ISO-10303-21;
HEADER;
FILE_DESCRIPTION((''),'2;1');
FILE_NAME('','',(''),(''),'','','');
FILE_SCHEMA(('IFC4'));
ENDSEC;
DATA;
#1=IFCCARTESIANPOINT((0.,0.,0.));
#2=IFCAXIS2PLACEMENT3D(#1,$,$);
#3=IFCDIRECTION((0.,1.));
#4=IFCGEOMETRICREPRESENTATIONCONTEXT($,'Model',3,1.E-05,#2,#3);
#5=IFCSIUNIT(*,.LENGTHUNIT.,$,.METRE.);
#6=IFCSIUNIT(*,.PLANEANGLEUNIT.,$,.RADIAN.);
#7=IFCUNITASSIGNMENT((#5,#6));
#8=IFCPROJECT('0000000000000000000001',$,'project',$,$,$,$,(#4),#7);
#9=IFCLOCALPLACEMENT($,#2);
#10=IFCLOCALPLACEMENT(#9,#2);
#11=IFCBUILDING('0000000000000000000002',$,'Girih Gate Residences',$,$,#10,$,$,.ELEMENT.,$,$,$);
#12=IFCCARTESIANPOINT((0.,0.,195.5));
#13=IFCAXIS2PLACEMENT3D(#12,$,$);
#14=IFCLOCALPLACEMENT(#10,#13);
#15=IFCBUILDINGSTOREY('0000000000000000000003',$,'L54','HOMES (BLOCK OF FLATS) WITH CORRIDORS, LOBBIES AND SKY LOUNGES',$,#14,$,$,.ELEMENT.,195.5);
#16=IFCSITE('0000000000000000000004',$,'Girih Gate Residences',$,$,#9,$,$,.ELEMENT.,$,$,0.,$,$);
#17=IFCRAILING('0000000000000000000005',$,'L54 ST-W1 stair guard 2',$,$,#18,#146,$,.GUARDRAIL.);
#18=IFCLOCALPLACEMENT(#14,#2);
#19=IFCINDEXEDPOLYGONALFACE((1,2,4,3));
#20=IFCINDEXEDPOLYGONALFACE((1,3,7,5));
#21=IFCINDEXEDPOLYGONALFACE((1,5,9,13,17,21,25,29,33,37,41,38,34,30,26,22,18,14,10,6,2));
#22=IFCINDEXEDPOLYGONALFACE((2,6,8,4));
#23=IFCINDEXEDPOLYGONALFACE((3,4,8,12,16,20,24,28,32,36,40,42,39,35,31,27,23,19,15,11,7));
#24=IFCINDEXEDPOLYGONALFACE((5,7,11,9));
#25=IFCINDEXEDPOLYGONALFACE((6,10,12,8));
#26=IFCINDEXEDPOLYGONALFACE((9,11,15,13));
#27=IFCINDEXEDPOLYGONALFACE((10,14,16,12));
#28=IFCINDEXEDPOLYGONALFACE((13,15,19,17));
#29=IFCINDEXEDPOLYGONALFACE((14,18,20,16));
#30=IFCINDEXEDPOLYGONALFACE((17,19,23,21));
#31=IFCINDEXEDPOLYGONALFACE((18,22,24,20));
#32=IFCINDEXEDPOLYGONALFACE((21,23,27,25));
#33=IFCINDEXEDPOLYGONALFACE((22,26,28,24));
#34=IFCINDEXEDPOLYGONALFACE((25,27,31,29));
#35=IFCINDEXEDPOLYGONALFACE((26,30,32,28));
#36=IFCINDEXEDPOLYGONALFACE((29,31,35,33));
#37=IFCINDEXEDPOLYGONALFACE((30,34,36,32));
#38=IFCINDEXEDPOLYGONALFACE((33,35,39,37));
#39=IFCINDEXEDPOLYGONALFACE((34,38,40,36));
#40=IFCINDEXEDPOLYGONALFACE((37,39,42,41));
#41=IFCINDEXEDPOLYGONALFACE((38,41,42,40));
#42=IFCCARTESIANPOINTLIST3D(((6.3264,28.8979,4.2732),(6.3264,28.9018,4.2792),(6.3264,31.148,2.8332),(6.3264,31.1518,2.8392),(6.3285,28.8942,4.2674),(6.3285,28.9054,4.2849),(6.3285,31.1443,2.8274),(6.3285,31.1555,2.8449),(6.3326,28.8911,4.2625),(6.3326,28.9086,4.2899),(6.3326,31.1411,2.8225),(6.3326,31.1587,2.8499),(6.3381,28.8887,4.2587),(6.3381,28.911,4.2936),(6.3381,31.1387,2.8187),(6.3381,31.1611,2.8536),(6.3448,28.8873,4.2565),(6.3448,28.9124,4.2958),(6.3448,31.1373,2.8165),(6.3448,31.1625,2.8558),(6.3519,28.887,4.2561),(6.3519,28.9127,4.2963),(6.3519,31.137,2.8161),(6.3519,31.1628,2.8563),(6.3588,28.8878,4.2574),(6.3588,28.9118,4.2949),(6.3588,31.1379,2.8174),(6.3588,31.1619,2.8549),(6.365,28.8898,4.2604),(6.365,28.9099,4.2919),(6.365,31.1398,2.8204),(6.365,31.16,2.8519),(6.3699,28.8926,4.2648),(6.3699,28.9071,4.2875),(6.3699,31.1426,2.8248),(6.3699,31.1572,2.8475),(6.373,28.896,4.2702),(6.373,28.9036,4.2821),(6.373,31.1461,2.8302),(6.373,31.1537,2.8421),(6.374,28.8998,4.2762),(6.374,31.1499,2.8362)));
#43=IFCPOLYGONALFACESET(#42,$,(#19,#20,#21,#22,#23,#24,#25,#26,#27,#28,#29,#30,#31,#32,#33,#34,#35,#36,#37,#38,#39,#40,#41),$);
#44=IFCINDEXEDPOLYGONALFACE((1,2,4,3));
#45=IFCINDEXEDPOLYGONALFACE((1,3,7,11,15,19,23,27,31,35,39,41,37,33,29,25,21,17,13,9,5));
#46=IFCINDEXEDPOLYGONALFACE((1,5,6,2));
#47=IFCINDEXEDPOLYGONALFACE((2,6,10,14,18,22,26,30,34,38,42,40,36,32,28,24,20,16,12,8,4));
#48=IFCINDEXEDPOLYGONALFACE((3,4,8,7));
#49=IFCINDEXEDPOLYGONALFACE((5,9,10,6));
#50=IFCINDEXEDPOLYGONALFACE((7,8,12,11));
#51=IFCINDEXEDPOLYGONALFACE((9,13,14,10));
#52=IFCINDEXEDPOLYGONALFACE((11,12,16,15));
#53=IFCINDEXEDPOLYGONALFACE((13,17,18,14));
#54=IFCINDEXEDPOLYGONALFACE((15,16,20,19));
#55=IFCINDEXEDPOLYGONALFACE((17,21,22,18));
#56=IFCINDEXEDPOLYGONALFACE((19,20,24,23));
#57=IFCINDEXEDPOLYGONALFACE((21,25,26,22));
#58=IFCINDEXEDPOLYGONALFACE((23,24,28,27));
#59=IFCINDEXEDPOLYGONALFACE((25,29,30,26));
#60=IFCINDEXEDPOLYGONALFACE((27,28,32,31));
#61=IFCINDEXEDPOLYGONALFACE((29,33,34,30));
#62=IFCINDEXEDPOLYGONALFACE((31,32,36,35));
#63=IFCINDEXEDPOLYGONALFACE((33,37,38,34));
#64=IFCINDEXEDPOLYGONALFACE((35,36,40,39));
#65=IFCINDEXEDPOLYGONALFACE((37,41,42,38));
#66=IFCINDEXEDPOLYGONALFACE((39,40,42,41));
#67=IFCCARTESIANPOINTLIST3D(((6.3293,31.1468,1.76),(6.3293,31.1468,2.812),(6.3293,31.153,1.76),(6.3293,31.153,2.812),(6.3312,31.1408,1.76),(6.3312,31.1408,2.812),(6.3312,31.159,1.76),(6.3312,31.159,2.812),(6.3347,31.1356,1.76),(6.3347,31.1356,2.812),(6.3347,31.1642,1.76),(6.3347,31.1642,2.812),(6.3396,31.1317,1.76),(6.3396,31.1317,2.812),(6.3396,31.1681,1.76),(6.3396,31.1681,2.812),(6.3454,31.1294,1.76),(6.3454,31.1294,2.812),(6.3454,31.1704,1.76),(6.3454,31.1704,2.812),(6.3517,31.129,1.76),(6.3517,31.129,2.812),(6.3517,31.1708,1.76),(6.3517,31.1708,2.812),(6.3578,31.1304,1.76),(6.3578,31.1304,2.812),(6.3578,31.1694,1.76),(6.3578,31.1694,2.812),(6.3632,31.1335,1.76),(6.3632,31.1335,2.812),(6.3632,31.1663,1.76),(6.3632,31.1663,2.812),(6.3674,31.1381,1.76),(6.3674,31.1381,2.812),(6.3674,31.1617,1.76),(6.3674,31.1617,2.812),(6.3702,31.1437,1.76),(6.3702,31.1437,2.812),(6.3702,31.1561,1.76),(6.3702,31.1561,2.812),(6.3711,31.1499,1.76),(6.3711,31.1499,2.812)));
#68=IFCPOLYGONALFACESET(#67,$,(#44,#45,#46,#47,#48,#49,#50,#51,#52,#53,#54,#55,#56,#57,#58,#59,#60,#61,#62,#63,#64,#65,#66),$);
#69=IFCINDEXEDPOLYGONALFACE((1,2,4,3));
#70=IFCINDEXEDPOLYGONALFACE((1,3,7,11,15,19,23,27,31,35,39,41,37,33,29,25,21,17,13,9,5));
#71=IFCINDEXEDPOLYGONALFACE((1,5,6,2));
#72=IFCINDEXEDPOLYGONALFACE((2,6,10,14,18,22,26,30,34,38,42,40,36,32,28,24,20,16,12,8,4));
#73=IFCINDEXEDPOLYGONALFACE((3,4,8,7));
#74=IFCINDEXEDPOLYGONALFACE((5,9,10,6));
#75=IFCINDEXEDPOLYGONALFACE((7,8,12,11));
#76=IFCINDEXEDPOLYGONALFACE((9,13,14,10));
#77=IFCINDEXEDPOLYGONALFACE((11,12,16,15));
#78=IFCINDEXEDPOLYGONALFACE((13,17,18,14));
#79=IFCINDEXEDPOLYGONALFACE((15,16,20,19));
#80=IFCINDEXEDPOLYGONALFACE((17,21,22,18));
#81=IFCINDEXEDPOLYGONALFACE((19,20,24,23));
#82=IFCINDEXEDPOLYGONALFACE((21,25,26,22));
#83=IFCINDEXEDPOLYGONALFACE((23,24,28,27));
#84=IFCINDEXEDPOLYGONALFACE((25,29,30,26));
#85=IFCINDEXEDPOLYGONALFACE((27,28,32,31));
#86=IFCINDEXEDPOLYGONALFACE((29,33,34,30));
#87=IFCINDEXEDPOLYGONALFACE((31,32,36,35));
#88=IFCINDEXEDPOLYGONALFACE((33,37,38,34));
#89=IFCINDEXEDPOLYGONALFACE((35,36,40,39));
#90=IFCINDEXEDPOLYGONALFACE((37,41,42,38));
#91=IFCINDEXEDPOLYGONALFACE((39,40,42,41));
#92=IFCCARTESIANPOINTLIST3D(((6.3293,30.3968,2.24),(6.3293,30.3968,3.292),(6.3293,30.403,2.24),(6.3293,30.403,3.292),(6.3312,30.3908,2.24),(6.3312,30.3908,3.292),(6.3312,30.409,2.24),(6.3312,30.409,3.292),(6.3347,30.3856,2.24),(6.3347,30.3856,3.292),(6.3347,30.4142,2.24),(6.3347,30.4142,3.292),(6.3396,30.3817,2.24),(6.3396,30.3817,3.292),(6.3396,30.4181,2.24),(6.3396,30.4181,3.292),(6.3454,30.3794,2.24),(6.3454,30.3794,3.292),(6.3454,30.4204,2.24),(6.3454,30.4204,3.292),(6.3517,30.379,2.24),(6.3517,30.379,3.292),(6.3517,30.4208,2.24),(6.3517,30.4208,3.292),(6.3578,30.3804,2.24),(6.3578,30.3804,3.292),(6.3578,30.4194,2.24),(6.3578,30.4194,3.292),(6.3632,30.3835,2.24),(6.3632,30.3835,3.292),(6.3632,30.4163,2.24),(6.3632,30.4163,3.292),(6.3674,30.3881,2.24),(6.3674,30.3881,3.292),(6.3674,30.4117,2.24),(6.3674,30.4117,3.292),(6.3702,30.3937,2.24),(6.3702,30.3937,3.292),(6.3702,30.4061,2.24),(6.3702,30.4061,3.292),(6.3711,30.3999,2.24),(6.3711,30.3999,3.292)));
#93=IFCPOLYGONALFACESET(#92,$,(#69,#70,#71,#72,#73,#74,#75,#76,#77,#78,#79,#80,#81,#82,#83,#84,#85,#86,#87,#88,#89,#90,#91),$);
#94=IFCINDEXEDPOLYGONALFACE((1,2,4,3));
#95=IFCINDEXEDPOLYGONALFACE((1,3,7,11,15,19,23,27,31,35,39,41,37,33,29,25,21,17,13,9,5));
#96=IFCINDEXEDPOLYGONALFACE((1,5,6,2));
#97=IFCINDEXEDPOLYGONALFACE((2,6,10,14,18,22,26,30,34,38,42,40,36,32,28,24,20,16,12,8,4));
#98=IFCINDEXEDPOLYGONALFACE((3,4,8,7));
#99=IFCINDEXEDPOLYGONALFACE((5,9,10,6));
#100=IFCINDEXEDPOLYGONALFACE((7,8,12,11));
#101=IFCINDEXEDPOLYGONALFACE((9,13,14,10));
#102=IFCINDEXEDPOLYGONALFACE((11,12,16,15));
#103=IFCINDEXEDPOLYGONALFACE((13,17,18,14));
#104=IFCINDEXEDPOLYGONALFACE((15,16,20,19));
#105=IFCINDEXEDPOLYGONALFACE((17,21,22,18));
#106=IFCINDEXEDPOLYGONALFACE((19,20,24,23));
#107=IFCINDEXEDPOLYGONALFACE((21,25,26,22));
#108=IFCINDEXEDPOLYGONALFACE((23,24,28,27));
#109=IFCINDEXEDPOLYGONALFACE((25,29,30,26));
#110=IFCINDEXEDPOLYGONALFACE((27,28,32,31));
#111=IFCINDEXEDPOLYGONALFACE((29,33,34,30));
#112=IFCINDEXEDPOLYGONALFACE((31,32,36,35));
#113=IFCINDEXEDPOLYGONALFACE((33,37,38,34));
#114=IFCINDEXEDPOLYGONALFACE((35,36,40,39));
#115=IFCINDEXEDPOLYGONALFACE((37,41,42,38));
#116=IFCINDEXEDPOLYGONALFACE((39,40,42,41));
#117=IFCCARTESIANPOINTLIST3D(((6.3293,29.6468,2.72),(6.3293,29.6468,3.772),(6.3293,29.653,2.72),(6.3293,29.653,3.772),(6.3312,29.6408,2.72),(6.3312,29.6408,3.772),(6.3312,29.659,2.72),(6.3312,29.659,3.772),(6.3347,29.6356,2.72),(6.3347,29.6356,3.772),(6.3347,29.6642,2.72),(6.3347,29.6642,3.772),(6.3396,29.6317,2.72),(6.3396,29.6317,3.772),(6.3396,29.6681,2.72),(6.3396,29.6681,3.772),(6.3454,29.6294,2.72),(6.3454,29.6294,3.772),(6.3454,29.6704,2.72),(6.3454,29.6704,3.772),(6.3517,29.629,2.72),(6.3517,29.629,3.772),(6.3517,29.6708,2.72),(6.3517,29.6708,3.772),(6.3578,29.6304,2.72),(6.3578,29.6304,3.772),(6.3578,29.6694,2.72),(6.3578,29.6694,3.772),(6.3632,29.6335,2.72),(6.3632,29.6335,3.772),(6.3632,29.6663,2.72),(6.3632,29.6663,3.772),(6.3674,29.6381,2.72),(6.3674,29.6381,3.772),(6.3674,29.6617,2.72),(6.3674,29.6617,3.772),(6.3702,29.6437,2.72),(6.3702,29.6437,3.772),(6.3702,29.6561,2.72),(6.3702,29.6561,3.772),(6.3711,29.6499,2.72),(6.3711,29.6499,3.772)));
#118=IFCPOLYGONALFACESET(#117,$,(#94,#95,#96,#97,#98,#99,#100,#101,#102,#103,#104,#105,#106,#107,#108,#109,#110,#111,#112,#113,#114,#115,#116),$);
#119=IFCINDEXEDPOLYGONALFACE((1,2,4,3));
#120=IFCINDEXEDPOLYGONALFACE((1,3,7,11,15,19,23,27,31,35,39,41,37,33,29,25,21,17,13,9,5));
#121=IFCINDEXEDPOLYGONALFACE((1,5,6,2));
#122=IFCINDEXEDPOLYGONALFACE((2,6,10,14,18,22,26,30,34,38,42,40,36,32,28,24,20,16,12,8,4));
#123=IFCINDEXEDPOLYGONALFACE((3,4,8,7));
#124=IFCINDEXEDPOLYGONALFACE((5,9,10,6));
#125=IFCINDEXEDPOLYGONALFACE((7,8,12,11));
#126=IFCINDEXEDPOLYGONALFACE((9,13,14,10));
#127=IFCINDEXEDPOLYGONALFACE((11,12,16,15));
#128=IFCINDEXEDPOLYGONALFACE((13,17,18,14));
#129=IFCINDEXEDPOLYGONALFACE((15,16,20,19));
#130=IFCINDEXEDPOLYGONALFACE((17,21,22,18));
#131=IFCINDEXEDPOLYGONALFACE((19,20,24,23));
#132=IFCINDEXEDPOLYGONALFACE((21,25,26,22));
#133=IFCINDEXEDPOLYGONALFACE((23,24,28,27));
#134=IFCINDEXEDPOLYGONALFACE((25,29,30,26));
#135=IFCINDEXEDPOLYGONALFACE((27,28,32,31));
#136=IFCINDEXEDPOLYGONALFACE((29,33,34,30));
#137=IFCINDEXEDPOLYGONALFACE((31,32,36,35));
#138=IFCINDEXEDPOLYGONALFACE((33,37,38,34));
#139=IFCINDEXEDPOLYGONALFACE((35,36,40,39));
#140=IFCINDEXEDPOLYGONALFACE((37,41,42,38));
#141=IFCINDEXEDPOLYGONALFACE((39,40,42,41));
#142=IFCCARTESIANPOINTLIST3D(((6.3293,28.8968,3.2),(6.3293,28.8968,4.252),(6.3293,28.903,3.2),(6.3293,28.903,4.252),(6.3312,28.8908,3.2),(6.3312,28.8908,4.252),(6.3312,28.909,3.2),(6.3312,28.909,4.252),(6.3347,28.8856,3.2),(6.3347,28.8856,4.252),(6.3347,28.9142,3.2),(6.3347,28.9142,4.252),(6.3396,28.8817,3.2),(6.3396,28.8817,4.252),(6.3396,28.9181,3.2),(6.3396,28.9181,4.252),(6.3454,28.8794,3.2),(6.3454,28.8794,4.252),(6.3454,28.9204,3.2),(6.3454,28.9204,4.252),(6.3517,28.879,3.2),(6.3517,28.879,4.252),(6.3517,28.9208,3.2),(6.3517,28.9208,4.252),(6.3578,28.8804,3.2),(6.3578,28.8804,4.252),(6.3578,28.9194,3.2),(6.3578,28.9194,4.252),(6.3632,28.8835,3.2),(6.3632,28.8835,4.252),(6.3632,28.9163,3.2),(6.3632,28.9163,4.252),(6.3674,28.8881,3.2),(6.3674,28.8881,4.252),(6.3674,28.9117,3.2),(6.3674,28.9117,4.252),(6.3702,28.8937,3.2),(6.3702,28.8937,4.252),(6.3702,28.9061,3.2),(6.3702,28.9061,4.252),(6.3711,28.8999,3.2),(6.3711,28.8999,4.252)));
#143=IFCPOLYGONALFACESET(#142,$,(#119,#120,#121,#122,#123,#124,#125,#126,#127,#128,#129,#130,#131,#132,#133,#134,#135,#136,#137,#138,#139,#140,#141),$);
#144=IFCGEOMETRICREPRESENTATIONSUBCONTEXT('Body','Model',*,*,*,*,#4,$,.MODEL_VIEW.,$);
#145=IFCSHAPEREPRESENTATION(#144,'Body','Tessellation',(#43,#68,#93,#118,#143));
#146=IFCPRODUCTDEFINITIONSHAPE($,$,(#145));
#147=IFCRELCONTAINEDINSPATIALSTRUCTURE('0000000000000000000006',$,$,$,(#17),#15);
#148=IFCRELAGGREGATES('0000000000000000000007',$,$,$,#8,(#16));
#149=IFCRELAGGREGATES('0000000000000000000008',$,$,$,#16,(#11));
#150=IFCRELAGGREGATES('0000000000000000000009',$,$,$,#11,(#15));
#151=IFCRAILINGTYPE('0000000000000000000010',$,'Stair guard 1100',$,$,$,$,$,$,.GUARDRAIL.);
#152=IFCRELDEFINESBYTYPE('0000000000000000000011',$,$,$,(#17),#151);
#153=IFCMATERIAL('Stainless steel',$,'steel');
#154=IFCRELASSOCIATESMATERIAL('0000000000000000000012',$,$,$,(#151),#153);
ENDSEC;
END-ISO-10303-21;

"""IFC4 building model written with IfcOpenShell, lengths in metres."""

from ifc_helpers import new_model, si_unit, direction, frame, origin, origin_2d, place, context, subcontext, project, spatial, circle, extrude, material, type_object, element, save


model = new_model("IFC4")

# Units and contexts
model_context = context("Model", 3, precision=1e-05, world=origin(), true_north=direction((0.0, 1.0)))
body_context = subcontext(model_context, "Body", "Model", "MODEL_VIEW")
ifc_project = project(units=[si_unit("LENGTHUNIT", "METRE"), si_unit("PLANEANGLEUNIT", "RADIAN")], contexts=[model_context])

# Site, building, storey
site_placement = place(None, origin())
site = spatial("IfcSite", under=ifc_project, at=site_placement, Name="Girih Gate Residences", CompositionType="ELEMENT", RefElevation=0.0)
building_placement = place(site_placement, origin())
building = spatial("IfcBuilding", under=site, at=building_placement, Name="Girih Gate Residences", CompositionType="ELEMENT")
storey_placement = place(building_placement, frame((0.0, 0.0, 195.5)))
storey = spatial("IfcBuildingStorey", under=building, at=storey_placement, Name="L54", Description="HOMES (BLOCK OF FLATS) WITH CORRIDORS, LOBBIES AND SKY LOUNGES", CompositionType="ELEMENT", Elevation=195.5)

# Shared definitions
ifc_material_1 = material(Name="Stainless steel", Category="steel")

# Railing
railing_type_1 = type_object("IfcRailingType", Name="Stair guard 1100", PredefinedType="GUARDRAIL", material=ifc_material_1)
for number, where, name in (
    (1, (6.3501, 31.1499, 1.76), "L54 ST-W1 stair guard 2"),
):
    element("IfcRailing", number, at=place(storey_placement, frame(where)), inside=storey, type_object=railing_type_1, Name=name, PredefinedType="GUARDRAIL", context=body_context, shape_type="SweptSolid", body=[
        extrude(circle(Radius=0.0239, at=origin_2d()), frame((0.0, 0.0, 1.0762), z_axis=(0.0, -0.842281, 0.539038), x_axis=(1.0, 0.0, 0.0)), (0.0, 0.0, 1.0), 2.6714),
        extrude(circle(Radius=0.021, at=origin_2d()), origin(), (0.0, 0.0, 1.0), 1.052),
        extrude(circle(Radius=0.021, at=origin_2d()), frame((0.0, -0.75, 0.48)), (0.0, 0.0, 1.0), 1.052),
        extrude(circle(Radius=0.021, at=origin_2d()), frame((0.0, -1.5, 0.96)), (0.0, 0.0, 1.0), 1.052),
        extrude(circle(Radius=0.021, at=origin_2d()), frame((0.0, -2.25, 1.4399)), (0.0, 0.0, 1.0), 1.052),
    ])

save(model, "model.ifc")
